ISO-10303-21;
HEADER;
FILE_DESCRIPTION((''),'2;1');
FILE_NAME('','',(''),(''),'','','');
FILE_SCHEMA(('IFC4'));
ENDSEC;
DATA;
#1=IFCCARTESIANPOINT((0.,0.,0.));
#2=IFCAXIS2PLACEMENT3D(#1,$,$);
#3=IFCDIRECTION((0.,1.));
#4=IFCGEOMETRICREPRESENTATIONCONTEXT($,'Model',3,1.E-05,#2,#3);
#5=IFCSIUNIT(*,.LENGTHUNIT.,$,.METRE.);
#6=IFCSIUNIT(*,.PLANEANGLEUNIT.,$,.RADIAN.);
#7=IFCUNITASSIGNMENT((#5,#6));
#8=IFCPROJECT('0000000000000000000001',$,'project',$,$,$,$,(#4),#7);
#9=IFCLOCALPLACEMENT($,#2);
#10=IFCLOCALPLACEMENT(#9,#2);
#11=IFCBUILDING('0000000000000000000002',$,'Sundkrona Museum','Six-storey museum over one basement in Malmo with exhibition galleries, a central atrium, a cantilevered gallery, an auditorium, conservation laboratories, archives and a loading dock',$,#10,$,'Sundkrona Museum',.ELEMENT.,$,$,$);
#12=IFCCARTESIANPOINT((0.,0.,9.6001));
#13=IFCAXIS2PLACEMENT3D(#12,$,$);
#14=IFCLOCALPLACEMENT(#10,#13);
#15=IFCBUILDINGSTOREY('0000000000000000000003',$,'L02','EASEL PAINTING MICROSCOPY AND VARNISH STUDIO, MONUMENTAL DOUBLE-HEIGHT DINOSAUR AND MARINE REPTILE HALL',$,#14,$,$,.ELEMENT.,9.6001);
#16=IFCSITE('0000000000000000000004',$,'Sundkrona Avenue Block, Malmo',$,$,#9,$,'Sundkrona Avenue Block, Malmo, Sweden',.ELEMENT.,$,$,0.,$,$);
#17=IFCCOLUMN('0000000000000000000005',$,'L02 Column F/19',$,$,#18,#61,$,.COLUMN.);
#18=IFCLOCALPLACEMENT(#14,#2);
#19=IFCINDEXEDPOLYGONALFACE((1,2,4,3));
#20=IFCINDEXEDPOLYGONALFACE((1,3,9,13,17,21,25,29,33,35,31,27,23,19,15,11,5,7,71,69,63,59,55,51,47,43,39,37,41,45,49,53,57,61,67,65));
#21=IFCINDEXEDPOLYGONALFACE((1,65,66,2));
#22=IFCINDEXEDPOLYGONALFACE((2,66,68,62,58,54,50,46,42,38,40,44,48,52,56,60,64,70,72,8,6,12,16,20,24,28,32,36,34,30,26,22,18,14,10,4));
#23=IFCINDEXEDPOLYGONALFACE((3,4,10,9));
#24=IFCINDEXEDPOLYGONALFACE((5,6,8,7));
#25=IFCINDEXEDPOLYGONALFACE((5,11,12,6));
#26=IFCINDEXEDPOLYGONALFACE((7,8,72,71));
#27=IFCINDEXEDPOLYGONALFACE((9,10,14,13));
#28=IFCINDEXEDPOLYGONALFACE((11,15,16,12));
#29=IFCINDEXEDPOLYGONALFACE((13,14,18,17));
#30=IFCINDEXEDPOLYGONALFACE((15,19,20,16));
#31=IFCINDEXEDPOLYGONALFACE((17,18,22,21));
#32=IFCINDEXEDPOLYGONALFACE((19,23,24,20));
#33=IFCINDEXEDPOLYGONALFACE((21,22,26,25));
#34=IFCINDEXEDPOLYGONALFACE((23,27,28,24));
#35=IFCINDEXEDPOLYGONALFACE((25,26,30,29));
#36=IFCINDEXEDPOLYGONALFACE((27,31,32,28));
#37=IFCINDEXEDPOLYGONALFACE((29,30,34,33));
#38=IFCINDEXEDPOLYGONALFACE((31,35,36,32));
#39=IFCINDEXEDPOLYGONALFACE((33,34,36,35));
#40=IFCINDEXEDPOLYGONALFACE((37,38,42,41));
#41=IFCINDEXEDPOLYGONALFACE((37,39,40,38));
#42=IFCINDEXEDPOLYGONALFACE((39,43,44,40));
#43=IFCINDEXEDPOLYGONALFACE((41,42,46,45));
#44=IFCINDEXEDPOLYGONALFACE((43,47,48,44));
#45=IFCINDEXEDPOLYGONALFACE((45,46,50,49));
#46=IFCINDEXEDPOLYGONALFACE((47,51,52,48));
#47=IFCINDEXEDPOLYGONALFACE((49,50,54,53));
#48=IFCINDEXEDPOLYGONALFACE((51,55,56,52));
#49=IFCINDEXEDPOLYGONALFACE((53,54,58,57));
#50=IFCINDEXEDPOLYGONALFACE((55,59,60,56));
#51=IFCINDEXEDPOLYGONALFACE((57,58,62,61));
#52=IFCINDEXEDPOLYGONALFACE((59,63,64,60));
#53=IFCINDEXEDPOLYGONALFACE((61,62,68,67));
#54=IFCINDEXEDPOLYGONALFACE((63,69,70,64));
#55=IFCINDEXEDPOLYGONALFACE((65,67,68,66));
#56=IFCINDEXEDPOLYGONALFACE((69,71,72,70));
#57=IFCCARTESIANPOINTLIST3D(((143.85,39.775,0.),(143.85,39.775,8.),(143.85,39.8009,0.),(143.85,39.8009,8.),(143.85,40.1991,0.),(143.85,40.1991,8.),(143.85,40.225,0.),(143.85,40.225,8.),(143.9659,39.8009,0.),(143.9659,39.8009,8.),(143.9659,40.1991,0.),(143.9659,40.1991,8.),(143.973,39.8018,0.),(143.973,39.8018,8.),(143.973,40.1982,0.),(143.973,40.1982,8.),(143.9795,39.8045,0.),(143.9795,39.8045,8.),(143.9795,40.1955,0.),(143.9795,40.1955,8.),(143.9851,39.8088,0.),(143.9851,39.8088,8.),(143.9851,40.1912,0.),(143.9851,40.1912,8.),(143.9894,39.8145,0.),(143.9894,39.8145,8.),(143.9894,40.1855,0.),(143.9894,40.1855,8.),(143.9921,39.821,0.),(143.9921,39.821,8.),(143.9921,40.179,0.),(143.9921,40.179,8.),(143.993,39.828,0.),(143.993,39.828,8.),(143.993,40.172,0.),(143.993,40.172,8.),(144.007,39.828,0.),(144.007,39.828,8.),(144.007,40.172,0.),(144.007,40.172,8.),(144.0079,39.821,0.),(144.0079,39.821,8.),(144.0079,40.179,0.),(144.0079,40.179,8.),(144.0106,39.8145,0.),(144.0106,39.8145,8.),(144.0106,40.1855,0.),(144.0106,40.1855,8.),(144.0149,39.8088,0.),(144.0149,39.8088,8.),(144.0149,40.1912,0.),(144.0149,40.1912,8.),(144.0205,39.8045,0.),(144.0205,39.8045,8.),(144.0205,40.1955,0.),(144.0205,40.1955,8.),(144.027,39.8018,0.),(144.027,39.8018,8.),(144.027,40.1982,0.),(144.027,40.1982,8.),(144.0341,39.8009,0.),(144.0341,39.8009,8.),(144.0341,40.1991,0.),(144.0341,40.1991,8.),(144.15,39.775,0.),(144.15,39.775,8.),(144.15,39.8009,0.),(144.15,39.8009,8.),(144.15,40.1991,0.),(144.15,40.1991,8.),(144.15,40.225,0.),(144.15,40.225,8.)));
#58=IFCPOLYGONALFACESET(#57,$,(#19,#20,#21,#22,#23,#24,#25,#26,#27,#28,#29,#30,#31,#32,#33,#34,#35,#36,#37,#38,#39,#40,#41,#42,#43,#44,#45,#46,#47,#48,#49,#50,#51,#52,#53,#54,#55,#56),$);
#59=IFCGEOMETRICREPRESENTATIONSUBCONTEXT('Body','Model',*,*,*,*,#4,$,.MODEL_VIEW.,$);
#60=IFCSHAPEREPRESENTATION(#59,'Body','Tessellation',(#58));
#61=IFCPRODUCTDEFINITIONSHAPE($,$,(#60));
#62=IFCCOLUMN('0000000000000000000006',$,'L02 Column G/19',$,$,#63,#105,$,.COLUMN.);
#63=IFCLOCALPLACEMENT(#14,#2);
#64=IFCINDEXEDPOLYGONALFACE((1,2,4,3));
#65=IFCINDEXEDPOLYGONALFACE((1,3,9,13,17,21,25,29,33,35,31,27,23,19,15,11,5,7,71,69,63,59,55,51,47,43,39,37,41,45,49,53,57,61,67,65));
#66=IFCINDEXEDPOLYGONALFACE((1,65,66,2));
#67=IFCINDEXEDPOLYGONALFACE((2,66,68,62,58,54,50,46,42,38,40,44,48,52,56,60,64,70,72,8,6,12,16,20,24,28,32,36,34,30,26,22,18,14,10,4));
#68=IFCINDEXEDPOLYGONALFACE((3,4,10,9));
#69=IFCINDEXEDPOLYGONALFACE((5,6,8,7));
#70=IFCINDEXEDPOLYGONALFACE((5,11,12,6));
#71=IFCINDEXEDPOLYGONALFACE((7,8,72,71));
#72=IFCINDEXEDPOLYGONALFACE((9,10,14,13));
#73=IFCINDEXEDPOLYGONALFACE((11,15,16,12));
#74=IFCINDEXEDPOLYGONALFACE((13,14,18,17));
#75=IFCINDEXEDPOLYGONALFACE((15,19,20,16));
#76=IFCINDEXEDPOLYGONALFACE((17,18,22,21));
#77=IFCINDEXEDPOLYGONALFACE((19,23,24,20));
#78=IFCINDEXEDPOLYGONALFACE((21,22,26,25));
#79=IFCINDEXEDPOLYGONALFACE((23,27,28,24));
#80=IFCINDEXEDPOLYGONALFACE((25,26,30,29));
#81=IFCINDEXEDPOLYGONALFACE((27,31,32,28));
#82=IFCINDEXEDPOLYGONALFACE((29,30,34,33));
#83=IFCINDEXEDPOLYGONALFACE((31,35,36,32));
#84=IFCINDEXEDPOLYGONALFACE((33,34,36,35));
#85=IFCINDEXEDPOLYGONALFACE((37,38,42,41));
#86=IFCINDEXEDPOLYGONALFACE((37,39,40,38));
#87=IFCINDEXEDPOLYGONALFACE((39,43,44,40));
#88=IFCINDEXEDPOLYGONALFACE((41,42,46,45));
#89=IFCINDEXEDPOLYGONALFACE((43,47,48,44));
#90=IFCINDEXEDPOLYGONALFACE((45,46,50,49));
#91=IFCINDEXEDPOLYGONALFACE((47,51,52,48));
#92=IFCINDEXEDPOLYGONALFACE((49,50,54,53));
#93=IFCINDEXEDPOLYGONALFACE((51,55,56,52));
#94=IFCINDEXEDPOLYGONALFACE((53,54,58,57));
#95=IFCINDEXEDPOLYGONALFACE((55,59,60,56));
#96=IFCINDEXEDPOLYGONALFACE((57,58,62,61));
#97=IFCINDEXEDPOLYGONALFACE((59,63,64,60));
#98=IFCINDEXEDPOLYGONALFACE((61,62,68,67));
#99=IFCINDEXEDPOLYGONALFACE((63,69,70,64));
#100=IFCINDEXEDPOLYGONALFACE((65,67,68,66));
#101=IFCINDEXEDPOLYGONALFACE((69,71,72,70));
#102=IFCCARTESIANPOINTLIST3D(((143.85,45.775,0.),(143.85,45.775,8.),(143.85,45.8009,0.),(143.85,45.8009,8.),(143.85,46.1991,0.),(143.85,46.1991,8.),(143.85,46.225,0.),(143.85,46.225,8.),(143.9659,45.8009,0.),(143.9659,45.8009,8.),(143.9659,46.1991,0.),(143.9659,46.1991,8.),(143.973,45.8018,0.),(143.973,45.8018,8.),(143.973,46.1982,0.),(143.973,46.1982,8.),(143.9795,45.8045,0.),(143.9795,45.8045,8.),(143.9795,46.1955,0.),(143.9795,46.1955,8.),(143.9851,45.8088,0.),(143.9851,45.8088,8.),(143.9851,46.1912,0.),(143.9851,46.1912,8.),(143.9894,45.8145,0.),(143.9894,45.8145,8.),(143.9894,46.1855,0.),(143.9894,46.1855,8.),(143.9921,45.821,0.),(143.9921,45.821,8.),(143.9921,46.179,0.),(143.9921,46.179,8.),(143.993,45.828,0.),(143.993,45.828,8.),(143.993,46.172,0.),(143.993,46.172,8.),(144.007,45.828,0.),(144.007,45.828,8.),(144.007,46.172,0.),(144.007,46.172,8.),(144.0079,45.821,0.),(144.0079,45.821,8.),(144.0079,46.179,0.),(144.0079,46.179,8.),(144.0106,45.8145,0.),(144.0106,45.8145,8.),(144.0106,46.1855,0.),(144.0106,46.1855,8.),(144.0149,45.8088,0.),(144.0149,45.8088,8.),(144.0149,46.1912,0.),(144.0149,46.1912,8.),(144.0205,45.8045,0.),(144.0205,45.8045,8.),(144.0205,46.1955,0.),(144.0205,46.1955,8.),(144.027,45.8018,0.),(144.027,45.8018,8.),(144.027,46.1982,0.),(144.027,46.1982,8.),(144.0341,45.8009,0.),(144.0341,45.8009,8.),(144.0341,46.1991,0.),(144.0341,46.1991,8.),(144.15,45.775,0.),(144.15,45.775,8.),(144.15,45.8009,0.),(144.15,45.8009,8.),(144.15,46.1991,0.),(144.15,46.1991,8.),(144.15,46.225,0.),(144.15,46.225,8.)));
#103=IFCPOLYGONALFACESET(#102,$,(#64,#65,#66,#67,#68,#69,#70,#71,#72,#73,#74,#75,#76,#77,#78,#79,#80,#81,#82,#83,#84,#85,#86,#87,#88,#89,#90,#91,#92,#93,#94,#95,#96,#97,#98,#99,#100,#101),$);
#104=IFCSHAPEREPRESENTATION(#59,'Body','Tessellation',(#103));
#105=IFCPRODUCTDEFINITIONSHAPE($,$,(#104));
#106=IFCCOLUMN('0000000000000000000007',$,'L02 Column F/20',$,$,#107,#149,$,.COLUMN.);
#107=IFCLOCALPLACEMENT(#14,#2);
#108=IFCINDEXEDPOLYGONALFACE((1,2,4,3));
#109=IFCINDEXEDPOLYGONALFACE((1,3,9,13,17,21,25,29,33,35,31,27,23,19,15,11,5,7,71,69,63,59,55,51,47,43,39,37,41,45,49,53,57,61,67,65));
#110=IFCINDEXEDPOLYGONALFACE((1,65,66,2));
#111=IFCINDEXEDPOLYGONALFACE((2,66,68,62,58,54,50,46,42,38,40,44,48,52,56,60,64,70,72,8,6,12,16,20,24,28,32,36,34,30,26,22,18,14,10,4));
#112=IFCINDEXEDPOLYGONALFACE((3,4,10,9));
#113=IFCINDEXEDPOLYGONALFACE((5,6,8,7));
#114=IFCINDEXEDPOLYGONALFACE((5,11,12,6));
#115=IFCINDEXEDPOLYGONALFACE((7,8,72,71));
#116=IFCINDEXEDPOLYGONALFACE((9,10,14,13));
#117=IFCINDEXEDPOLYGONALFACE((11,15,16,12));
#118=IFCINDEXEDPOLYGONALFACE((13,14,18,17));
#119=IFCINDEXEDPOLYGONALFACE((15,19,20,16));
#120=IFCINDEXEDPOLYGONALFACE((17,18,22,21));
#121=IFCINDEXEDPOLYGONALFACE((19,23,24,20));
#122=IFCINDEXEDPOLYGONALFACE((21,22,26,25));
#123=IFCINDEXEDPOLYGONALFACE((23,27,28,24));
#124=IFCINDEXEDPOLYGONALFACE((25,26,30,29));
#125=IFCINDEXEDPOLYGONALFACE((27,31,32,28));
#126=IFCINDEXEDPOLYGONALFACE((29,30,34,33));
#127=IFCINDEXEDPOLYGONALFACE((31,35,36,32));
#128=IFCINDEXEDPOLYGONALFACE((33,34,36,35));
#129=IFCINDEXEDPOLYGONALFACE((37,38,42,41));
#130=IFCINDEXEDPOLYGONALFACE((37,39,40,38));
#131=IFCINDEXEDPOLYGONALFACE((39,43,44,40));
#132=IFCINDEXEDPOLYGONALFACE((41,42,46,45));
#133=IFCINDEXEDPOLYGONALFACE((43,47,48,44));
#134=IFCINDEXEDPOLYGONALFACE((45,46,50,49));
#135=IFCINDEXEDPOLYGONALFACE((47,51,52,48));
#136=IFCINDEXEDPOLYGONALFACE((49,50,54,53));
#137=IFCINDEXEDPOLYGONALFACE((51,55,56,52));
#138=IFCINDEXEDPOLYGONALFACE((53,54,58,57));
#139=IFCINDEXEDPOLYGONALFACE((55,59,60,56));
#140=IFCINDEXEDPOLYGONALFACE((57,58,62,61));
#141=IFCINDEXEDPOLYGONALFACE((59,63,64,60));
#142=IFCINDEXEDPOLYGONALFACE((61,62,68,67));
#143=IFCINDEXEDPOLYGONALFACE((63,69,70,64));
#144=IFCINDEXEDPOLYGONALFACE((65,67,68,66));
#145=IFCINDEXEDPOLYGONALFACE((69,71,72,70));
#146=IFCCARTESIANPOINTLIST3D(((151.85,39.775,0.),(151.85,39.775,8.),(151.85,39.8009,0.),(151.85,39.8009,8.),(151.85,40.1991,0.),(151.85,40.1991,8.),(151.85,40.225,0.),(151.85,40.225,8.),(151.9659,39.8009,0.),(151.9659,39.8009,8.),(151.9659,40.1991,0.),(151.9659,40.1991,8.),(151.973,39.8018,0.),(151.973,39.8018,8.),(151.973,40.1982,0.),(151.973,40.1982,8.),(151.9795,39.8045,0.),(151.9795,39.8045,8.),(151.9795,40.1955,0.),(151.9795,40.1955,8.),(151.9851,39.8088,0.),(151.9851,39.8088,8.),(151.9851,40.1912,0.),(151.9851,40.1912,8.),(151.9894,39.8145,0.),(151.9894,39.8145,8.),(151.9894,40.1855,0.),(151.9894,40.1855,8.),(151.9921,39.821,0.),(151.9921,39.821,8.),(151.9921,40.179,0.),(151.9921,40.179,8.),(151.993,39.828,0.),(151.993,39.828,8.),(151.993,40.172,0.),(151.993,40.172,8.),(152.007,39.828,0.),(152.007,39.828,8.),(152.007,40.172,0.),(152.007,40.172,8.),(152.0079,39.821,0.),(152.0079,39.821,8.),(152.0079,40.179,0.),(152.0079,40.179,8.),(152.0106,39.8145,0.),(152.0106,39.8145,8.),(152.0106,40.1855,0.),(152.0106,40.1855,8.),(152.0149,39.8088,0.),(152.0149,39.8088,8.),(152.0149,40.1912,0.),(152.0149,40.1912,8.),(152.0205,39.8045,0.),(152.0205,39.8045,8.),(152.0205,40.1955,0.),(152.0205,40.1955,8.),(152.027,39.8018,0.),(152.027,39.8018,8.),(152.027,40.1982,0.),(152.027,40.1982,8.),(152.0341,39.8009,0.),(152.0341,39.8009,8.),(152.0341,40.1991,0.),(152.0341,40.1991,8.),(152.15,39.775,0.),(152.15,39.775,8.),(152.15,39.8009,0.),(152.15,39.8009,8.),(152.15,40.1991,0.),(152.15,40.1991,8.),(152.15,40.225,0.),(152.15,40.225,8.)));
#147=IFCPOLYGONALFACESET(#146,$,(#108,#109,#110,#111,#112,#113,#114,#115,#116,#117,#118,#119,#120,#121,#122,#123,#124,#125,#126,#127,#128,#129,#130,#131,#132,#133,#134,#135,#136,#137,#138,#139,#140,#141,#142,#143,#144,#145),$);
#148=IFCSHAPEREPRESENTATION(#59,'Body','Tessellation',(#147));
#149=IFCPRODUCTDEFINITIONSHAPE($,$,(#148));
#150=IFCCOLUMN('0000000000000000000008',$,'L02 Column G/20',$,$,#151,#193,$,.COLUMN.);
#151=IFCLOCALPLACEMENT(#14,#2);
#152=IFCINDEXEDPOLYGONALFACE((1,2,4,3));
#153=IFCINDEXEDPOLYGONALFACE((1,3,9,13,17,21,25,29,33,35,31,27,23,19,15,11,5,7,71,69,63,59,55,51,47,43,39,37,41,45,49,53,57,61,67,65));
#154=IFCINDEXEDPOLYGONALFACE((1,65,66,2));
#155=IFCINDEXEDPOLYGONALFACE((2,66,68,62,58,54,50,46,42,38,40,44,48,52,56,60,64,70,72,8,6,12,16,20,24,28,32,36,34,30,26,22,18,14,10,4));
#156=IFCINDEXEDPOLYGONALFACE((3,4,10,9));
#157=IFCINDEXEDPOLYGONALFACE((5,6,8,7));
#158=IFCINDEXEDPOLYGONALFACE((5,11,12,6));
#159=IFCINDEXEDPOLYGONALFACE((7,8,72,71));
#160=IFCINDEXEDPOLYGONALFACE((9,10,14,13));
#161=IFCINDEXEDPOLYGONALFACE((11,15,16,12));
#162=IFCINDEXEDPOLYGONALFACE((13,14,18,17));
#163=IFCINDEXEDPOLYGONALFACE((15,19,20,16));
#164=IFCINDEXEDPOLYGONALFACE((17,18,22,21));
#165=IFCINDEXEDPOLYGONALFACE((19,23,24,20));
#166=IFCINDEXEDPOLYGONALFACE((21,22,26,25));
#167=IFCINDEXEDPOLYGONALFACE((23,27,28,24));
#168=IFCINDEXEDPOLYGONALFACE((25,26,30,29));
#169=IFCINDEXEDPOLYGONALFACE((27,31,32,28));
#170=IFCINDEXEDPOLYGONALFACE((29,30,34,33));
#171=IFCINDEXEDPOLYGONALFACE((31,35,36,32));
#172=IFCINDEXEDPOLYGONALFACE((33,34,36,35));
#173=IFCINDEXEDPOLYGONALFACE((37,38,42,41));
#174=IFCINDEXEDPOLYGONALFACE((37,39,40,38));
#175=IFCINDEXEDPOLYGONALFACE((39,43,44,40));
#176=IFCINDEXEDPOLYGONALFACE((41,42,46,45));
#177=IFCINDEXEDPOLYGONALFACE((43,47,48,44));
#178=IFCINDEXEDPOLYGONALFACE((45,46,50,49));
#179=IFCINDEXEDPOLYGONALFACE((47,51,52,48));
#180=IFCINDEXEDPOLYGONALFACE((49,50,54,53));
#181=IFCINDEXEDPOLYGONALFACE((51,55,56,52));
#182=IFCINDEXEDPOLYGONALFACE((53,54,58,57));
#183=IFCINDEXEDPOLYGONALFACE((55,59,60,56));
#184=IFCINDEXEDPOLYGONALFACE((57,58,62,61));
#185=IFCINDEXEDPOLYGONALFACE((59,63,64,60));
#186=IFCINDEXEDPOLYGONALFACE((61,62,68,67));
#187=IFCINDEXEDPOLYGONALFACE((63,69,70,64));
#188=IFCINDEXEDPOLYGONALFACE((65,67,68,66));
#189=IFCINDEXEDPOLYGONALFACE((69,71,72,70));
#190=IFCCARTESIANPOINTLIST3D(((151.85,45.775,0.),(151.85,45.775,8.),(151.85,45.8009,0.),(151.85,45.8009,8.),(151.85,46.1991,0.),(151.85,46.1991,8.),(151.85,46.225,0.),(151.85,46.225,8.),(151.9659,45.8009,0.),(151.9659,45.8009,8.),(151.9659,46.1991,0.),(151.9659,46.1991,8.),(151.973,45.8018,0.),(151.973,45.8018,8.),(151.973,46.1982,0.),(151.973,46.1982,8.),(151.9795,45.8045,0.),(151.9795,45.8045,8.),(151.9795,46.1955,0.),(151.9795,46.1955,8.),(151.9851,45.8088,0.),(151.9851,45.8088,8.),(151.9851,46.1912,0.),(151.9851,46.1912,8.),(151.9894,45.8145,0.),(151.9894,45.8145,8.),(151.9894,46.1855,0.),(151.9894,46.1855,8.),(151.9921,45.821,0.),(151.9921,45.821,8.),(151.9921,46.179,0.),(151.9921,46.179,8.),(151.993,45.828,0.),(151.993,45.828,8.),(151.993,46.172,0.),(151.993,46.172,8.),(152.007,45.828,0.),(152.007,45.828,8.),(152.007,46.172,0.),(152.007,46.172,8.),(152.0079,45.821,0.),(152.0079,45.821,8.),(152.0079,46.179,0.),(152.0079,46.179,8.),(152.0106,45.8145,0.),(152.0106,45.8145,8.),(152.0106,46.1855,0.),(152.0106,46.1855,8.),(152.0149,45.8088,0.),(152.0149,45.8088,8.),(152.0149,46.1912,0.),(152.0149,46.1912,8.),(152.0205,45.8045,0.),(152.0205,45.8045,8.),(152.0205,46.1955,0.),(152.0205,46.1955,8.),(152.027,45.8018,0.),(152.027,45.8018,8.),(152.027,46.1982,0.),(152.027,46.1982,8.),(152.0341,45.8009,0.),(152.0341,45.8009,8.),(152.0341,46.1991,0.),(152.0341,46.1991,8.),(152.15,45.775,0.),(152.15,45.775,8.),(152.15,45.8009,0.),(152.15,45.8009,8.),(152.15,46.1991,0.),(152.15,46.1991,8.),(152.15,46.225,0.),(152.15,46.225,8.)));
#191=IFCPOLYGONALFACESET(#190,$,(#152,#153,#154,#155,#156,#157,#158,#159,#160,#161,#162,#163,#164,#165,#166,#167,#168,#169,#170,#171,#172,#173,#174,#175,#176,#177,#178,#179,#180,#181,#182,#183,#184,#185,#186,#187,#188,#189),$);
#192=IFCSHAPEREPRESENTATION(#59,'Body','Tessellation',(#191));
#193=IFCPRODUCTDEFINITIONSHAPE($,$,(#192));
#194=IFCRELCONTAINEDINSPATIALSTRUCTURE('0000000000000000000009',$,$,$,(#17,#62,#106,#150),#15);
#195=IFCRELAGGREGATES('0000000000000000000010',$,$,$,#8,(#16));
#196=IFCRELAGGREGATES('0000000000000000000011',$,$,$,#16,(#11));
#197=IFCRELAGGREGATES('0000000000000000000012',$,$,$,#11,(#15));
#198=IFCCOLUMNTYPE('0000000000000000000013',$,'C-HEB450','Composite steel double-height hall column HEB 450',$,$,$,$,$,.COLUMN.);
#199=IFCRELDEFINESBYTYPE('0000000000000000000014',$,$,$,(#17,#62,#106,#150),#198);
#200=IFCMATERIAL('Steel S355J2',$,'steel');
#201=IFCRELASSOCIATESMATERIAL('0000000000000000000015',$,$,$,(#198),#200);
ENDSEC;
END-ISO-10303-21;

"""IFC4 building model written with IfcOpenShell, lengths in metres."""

from ifc_helpers import new_model, si_unit, direction, frame, origin, origin_2d, place, context, subcontext, project, spatial, i_section, extrude, material, material_profile, profile_set, type_object, element, save


model = new_model("IFC4")

# Units and contexts
model_context = context("Model", 3, precision=1e-05, world=origin(), true_north=direction((0.0, 1.0)))
body_context = subcontext(model_context, "Body", "Model", "MODEL_VIEW")
ifc_project = project(units=[si_unit("LENGTHUNIT", "METRE"), si_unit("PLANEANGLEUNIT", "RADIAN")], contexts=[model_context])

# Site, building, storey
site_placement = place(None, origin())
site = spatial("IfcSite", under=ifc_project, at=site_placement, Name="Sundkrona Avenue Block, Malmo", LongName="Sundkrona Avenue Block, Malmo, Sweden", CompositionType="ELEMENT", RefElevation=0.0)
building_placement = place(site_placement, origin())
building = spatial("IfcBuilding", under=site, at=building_placement, Name="Sundkrona Museum", Description="Six-storey museum over one basement in Malmo with exhibition galleries, a central atrium, a cantilevered gallery, an auditorium, conservation laboratories, archives and a loading dock", LongName="Sundkrona Museum", CompositionType="ELEMENT")
storey_placement = place(building_placement, frame((0.0, 0.0, 9.6001)))
storey = spatial("IfcBuildingStorey", under=building, at=storey_placement, Name="L02", Description="EASEL PAINTING MICROSCOPY AND VARNISH STUDIO, MONUMENTAL DOUBLE-HEIGHT DINOSAUR AND MARINE REPTILE HALL", CompositionType="ELEMENT", Elevation=9.6001)

# Columns
ifc_material_1 = material(Name="Steel S355J2", Category="steel")
ifc_material_profile_1 = material_profile(ifc_material_1, i_section(OverallWidth=0.3, OverallDepth=0.45, WebThickness=0.0139, FlangeThickness=0.0259, FilletRadius=0.0271, at=origin_2d()), Name="HEB 450")
ifc_profile_set_1 = profile_set([ifc_material_profile_1], Name="Steel S355J2")
column_type = type_object("IfcColumnType", Name="C-HEB450", Description="Composite steel double-height hall column HEB 450", PredefinedType="COLUMN", material=ifc_profile_set_1)
for number, where, z_axis, x_axis, name in (
    (1, (144.0, 40.0, 0.0), (0.0, 0.0, 1.0), (1.0, 0.0, 0.0), "L02 Column F/19"),
    (2, (144.0, 46.0, 0.0), (0.0, 0.0, 1.0), (1.0, 0.0, 0.0), "L02 Column G/19"),
    (3, (152.0, 40.0, 0.0), (0.0, 0.0, 1.0), (1.0, 0.0, 0.0), "L02 Column F/20"),
    (4, (152.0, 46.0, 0.0), (0.0, 0.0, 1.0), (1.0, 0.0, 0.0), "L02 Column G/20"),
):
    element("IfcColumn", number, at=place(storey_placement, frame(where, z_axis=z_axis, x_axis=x_axis)), inside=storey, type_object=column_type, Name=name, PredefinedType="COLUMN", context=body_context, shape_type="SweptSolid", body=[
        extrude(i_section(OverallWidth=0.3, OverallDepth=0.45, WebThickness=0.0139, FlangeThickness=0.0259, FilletRadius=0.0271, at=origin_2d()), origin(), (0.0, 0.0, 1.0), 8.0),
    ])

save(model, "model.ifc")
